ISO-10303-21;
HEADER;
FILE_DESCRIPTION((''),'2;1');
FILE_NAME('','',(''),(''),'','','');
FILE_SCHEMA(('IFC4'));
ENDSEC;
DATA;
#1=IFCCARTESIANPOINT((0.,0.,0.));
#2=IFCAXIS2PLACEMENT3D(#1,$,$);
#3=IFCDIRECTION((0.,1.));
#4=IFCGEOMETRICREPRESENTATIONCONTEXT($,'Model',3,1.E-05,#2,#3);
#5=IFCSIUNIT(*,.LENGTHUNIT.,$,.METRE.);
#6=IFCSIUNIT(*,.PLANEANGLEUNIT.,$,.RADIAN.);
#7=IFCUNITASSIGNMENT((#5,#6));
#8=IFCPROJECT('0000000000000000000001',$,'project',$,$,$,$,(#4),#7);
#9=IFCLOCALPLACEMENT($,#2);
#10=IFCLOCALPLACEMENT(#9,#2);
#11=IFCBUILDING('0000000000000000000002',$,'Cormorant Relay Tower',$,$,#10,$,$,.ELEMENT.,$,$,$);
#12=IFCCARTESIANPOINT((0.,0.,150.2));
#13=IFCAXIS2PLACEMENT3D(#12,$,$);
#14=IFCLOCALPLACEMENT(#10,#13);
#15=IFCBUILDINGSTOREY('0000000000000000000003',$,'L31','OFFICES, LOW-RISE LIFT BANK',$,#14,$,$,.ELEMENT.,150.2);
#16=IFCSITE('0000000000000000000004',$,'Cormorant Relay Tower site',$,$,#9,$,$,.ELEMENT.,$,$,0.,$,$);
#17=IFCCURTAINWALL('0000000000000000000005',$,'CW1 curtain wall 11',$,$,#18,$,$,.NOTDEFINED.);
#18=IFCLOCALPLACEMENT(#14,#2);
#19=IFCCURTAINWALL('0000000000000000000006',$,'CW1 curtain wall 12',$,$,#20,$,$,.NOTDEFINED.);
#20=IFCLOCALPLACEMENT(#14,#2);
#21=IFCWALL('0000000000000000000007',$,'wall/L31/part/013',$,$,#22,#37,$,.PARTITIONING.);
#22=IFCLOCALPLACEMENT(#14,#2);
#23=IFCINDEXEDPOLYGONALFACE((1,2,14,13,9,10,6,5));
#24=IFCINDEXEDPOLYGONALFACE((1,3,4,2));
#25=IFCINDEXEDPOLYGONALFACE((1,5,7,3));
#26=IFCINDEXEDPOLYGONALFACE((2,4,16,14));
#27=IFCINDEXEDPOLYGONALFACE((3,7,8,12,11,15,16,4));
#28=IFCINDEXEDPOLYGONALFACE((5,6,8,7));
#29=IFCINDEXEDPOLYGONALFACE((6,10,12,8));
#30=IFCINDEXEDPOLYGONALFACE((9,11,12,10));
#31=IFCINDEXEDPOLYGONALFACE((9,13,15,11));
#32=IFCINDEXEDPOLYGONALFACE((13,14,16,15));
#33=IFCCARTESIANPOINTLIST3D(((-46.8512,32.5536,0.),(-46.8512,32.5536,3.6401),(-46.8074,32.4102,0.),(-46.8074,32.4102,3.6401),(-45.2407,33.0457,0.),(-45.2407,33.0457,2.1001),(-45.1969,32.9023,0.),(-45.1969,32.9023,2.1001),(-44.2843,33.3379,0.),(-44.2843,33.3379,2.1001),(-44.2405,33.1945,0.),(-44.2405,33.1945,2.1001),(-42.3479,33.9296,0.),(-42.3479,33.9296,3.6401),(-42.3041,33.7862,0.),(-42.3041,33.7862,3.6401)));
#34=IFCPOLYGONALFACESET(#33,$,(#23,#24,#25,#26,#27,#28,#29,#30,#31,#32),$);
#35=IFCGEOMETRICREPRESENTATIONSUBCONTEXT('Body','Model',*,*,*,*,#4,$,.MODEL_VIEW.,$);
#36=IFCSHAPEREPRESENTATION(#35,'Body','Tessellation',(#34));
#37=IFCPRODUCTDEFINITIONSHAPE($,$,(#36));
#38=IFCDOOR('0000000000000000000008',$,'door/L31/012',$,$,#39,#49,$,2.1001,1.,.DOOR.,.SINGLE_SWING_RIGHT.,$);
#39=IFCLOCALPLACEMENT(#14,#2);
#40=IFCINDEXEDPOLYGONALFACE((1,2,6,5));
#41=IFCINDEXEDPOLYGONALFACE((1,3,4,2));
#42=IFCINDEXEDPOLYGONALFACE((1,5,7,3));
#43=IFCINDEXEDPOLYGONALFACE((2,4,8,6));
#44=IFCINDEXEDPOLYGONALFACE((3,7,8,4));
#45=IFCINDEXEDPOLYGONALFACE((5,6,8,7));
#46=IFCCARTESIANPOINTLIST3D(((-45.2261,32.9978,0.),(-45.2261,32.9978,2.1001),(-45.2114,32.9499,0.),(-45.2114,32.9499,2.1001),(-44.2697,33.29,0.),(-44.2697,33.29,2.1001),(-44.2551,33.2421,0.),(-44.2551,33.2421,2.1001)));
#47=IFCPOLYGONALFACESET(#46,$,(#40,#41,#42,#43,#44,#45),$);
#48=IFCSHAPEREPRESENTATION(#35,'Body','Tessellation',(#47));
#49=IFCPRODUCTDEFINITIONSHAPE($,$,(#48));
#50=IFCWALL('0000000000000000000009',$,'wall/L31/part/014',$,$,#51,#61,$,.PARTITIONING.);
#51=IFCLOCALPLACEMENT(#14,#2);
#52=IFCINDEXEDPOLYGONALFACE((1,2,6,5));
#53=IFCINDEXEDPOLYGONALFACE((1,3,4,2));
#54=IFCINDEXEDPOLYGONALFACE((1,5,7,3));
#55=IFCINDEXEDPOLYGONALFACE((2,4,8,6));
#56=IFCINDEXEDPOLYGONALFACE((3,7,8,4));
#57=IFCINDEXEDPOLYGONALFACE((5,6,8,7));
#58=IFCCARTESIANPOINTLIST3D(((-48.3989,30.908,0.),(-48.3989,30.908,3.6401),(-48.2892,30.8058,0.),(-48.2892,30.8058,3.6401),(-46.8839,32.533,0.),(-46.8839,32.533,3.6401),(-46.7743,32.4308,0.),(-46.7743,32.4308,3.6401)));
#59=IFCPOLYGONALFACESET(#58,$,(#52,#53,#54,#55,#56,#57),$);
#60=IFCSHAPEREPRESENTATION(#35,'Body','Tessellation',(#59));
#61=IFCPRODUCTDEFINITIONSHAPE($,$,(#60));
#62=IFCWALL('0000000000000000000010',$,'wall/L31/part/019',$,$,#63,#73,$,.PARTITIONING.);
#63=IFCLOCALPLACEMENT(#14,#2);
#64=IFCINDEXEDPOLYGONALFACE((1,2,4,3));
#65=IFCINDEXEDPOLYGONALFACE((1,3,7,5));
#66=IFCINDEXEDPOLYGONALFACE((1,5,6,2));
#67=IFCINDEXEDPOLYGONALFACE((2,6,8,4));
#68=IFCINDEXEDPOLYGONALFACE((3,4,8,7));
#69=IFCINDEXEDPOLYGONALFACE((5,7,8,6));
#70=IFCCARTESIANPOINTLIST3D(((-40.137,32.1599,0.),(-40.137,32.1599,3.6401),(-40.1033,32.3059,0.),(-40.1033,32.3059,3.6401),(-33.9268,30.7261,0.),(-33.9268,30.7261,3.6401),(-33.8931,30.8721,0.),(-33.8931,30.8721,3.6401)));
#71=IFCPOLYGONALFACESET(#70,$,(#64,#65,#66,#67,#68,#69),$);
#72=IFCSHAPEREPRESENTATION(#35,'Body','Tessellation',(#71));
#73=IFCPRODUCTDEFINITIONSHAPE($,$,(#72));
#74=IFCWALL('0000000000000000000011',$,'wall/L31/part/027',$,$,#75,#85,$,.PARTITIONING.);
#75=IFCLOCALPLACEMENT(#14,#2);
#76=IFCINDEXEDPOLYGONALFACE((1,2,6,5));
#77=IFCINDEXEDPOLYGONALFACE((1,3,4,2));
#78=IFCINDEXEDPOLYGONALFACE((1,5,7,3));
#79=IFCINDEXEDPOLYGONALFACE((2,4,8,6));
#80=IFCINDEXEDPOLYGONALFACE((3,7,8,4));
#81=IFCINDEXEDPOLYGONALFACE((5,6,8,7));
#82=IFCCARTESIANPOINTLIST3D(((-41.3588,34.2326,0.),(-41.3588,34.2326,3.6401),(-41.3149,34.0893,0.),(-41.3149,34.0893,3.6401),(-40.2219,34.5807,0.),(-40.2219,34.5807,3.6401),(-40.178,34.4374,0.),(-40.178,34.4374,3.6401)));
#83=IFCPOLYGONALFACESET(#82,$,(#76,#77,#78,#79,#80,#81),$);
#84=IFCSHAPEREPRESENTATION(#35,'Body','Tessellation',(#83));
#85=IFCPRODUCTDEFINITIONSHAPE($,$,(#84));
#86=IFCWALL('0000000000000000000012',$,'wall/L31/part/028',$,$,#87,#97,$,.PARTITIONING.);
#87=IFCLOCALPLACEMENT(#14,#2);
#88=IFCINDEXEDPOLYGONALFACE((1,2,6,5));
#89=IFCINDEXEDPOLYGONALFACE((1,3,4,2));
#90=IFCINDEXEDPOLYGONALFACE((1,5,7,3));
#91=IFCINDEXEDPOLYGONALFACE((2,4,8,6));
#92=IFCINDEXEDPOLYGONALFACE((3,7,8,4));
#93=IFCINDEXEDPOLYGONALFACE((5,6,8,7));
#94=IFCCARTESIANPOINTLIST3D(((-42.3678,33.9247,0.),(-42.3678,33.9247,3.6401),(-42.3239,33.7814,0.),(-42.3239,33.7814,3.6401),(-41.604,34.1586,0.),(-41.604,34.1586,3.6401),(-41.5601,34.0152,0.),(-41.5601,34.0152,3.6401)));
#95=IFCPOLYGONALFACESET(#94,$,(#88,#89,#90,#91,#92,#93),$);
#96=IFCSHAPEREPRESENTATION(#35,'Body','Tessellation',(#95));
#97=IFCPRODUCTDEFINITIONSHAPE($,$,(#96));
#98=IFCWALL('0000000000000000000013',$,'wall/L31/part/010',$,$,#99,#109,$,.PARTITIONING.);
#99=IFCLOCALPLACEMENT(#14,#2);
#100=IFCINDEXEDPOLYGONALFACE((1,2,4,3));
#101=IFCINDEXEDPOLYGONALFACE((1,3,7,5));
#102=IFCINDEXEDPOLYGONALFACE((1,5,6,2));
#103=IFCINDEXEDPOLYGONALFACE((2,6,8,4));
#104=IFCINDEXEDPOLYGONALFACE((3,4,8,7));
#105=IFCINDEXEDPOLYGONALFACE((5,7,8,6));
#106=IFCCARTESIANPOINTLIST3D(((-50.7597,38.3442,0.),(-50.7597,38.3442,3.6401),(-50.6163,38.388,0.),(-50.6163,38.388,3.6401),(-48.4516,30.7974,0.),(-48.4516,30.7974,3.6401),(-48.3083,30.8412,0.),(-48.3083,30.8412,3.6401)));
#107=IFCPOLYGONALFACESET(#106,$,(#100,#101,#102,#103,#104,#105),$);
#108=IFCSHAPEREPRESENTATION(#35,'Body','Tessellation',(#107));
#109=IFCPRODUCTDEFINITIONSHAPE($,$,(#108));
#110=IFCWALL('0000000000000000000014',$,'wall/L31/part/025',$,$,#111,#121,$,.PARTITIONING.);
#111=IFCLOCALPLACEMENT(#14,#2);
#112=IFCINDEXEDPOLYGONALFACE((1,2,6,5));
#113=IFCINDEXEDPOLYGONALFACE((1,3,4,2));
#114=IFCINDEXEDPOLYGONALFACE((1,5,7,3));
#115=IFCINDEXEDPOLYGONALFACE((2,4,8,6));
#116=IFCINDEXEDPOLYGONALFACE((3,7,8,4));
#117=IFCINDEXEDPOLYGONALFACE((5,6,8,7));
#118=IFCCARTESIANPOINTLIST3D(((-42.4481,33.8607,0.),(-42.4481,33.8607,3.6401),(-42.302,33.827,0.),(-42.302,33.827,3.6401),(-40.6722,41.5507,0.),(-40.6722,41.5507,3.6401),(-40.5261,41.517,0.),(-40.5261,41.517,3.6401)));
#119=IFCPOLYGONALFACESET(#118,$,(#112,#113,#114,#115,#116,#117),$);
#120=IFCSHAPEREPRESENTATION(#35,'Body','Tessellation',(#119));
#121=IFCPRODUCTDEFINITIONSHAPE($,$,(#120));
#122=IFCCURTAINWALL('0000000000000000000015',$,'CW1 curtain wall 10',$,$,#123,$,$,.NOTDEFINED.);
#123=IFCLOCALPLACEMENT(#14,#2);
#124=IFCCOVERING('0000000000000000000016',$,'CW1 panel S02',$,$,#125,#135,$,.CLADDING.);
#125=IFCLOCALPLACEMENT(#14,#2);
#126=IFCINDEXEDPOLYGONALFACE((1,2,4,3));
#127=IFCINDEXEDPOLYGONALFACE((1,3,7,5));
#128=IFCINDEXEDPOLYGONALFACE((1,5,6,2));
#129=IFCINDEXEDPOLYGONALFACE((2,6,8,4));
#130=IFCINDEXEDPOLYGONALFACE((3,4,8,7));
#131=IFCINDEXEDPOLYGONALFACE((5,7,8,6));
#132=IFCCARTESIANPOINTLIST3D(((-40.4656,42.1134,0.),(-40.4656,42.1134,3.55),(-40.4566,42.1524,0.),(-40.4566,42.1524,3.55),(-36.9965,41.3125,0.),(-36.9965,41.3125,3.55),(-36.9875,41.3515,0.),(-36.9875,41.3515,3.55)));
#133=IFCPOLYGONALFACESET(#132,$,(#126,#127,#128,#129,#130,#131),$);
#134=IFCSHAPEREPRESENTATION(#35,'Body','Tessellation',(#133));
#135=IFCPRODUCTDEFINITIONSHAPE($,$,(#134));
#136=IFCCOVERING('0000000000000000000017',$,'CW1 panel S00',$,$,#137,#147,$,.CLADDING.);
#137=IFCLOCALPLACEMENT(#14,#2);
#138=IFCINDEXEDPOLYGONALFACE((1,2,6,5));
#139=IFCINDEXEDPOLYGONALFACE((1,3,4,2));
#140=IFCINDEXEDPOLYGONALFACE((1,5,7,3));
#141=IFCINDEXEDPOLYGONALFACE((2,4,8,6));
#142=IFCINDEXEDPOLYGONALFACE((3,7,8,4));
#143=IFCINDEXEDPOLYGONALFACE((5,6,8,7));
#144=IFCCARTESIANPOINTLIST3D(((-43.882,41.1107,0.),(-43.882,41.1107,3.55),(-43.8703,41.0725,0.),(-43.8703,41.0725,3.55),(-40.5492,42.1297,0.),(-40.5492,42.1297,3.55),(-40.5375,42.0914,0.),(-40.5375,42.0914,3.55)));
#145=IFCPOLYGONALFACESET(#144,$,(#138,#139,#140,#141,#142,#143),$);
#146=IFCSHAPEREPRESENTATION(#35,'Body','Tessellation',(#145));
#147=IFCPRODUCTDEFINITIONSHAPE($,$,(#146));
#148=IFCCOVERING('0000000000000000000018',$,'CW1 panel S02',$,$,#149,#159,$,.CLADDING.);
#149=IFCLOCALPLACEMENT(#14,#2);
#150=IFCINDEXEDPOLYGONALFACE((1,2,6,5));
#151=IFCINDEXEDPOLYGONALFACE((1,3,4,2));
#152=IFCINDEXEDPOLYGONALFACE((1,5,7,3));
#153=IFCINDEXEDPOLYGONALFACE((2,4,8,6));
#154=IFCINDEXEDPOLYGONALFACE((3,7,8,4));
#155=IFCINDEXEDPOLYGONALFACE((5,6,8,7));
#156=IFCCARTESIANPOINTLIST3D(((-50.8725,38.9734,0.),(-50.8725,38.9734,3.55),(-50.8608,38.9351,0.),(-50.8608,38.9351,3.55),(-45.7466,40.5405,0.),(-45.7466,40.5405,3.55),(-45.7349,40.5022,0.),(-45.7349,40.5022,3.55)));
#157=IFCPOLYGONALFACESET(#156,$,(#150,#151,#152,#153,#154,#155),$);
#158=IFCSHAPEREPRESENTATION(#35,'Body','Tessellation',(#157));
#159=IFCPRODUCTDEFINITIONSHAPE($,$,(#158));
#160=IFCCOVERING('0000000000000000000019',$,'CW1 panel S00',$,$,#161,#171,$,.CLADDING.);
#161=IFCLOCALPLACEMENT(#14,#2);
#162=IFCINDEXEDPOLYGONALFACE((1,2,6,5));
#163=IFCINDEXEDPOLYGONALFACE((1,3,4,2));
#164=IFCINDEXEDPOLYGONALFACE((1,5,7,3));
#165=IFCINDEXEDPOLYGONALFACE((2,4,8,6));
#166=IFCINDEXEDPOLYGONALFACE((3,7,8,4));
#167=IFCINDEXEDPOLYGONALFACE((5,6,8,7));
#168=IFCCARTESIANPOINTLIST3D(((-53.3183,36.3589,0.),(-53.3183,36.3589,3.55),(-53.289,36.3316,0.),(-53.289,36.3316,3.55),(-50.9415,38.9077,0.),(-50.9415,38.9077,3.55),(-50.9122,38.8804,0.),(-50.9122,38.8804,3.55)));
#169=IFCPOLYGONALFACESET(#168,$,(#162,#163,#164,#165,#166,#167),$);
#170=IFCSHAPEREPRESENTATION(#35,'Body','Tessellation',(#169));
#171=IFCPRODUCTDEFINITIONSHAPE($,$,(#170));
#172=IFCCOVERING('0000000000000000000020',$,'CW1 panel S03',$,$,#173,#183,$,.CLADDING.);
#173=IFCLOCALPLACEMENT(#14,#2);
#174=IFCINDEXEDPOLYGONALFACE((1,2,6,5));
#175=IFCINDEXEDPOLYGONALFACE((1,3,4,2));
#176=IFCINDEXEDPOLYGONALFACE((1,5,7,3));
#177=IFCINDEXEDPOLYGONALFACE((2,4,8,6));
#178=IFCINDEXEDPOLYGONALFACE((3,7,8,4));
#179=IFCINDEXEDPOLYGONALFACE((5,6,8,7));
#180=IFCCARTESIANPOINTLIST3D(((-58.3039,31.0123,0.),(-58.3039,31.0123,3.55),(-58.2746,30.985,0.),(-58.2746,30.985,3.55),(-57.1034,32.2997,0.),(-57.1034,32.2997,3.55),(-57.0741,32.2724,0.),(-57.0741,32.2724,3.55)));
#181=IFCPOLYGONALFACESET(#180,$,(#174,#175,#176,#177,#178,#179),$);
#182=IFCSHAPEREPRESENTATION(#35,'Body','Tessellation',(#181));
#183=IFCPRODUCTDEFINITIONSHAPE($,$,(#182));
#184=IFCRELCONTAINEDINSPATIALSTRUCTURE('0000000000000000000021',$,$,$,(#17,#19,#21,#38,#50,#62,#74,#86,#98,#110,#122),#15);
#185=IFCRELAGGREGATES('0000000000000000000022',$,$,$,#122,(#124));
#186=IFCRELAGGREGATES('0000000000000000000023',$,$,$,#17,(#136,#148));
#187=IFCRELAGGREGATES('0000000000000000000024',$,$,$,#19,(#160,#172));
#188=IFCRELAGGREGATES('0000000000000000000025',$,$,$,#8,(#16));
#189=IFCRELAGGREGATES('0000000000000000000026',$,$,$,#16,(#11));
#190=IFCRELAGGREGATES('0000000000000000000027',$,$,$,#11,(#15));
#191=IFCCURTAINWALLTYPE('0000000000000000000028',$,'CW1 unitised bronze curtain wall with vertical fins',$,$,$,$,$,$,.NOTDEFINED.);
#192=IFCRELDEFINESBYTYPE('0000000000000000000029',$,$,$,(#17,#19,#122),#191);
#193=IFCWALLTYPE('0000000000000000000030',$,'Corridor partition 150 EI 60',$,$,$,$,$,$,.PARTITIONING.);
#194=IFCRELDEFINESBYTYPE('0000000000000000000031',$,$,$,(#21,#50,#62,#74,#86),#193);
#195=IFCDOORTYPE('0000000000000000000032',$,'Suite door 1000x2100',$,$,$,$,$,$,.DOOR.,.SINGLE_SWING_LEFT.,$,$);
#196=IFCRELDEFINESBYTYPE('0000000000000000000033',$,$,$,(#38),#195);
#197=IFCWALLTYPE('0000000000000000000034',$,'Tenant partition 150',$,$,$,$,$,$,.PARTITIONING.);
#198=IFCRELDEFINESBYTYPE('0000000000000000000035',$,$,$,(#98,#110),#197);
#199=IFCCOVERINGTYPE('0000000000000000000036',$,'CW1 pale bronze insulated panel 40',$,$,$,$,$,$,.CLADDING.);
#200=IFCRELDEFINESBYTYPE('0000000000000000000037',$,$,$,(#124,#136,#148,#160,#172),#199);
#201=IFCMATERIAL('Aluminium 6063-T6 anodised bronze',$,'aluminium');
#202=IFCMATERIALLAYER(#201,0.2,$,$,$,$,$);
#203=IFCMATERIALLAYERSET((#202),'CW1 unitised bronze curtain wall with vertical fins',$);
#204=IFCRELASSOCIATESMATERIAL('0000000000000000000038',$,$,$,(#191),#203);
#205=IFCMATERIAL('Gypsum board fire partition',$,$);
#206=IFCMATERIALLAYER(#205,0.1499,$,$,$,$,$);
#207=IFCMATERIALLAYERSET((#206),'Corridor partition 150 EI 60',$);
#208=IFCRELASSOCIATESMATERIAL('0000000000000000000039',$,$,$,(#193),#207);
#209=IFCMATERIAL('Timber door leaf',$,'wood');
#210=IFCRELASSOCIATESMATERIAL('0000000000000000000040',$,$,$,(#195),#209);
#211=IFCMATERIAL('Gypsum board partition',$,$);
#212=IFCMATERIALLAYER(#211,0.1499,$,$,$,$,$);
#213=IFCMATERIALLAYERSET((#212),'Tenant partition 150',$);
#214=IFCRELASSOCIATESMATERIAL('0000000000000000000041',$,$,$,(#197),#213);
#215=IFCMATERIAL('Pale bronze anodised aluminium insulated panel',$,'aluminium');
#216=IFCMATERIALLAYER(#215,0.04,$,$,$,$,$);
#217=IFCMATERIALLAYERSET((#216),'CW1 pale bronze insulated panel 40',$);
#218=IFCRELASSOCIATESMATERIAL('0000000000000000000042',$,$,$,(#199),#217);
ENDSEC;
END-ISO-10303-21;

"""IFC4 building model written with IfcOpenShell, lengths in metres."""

from ifc_helpers import new_model, si_unit, direction, frame, frame_2d, origin, origin_2d, place, context, subcontext, project, spatial, rectangle, extrude, material, layer, layer_set, type_object, element, fill, aggregate, save


model = new_model("IFC4")

# Units and contexts
model_context = context("Model", 3, precision=1e-05, world=origin(), true_north=direction((0.0, 1.0)))
body_context = subcontext(model_context, "Body", "Model", "MODEL_VIEW")
ifc_project = project(units=[si_unit("LENGTHUNIT", "METRE"), si_unit("PLANEANGLEUNIT", "RADIAN")], contexts=[model_context])

# Site, building, storey
site_placement = place(None, origin())
site = spatial("IfcSite", under=ifc_project, at=site_placement, Name="Cormorant Relay Tower site", CompositionType="ELEMENT", RefElevation=0.0)
building_placement = place(site_placement, origin())
building = spatial("IfcBuilding", under=site, at=building_placement, Name="Cormorant Relay Tower", CompositionType="ELEMENT")
storey_placement = place(building_placement, frame((0.0, 0.0, 150.2)))
storey = spatial("IfcBuildingStorey", under=building, at=storey_placement, Name="L31", Description="OFFICES, LOW-RISE LIFT BANK", CompositionType="ELEMENT", Elevation=150.2)

# Curtain walls
ifc_material_1 = material(Name="Aluminium 6063-T6 anodised bronze", Category="aluminium")
ifc_layer_1 = layer(ifc_material_1, 0.2)
ifc_layer_set_1 = layer_set([ifc_layer_1], Name="CW1 unitised bronze curtain wall with vertical fins")
curtain_wall_type = type_object("IfcCurtainWallType", Name="CW1 unitised bronze curtain wall with vertical fins", PredefinedType="NOTDEFINED", material=ifc_layer_set_1)
curtain_wall_1_placement = place(storey_placement, origin())
curtain_wall_1 = element("IfcCurtainWall", 1, at=curtain_wall_1_placement, inside=storey, type_object=curtain_wall_type, Name="CW1 curtain wall 11", PredefinedType="NOTDEFINED")
curtain_wall_2_placement = place(storey_placement, origin())
curtain_wall_2 = element("IfcCurtainWall", 2, at=curtain_wall_2_placement, inside=storey, type_object=curtain_wall_type, Name="CW1 curtain wall 12", PredefinedType="NOTDEFINED")

# Wall, opening, door
ifc_material_2 = material(Name="Gypsum board fire partition")
ifc_layer_2 = layer(ifc_material_2, 0.1499)
ifc_layer_set_2 = layer_set([ifc_layer_2], Name="Corridor partition 150 EI 60")
wall_type_1 = type_object("IfcWallType", Name="Corridor partition 150 EI 60", PredefinedType="PARTITIONING", material=ifc_layer_set_2)
wall_1_placement = place(storey_placement, frame((-42.3259, 33.8579, 0.0), z_axis=(0.0, 0.0, 1.0), x_axis=(-0.956351, -0.29222, 0.0)))
wall_1 = element("IfcWall", 3, at=wall_1_placement, inside=storey, type_object=wall_type_1, Name="wall/L31/part/013", PredefinedType="PARTITIONING", context=body_context, shape_type="SweptSolid", body=[
    extrude(rectangle(XDim=4.7087, YDim=0.1499, at=frame_2d((2.3545, 0.0))), origin(), (0.0, 0.0, 1.0), 3.6401),
])
opening_placement = place(wall_1_placement, frame((2.0249, 0.0, 0.0)))
opening = element("IfcOpeningElement", 4, at=opening_placement, cuts=wall_1, PredefinedType="OPENING", context=body_context, shape_type="SweptSolid", body=[
    extrude(rectangle(XDim=1.0, YDim=2.1001, at=frame_2d((0.5, 1.05))), frame((0.0, 0.085, 0.0), z_axis=(0.0, -1.0, 0.0), x_axis=(1.0, 0.0, 0.0)), (0.0, 0.0, 1.0), 0.1699),
])
ifc_material_3 = material(Name="Timber door leaf", Category="wood")
door_type = type_object("IfcDoorType", Name="Suite door 1000x2100", OperationType="SINGLE_SWING_LEFT", PredefinedType="DOOR", material=ifc_material_3)
door_placement = place(opening_placement, frame((1.0, 0.0, 0.0), z_axis=(0.0, 0.0, 1.0), x_axis=(-1.0, 0.0, 0.0)))
door = element("IfcDoor", 5, at=door_placement, inside=storey, type_object=door_type, Name="door/L31/012", OperationType="SINGLE_SWING_RIGHT", OverallHeight=2.1001, OverallWidth=1.0, PredefinedType="DOOR", context=body_context, shape_type="SweptSolid", body=[
    extrude(rectangle(XDim=1.0, YDim=2.1001, at=frame_2d((0.5, 1.05))), frame((0.0, 0.0249, 0.0), z_axis=(0.0, -1.0, 0.0), x_axis=(1.0, 0.0, 0.0)), (0.0, 0.0, 1.0), 0.05),
])
fill(opening, door)

# Walls
wall_2_placement = place(storey_placement, frame((-46.8291, 32.4819, 0.0), z_axis=(0.0, 0.0, 1.0), x_axis=(-0.681891, -0.731453, 0.0)))
element("IfcWall", 6, at=wall_2_placement, inside=storey, type_object=wall_type_1, Name="wall/L31/part/014", PredefinedType="PARTITIONING", context=body_context, shape_type="SweptSolid", body=[
    extrude(rectangle(XDim=2.2217, YDim=0.1499, at=frame_2d((1.1108, 0.0))), origin(), (0.0, 0.0, 1.0), 3.6401),
])
wall_3_placement = place(storey_placement, frame((-40.1201, 32.2329, 0.0), z_axis=(0.0, 0.0, 1.0), x_axis=(0.974367, -0.224966, 0.0)))
element("IfcWall", 7, at=wall_3_placement, inside=storey, type_object=wall_type_1, Name="wall/L31/part/019", PredefinedType="PARTITIONING", context=body_context, shape_type="SweptSolid", body=[
    extrude(rectangle(XDim=6.3735, YDim=0.1499, at=frame_2d((3.1868, 0.0))), origin(), (0.0, 0.0, 1.0), 3.6401),
])
wall_4_placement = place(storey_placement, frame((-40.2, 34.509, 0.0), z_axis=(0.0, 0.0, 1.0), x_axis=(-0.956178, -0.292787, 0.0)))
element("IfcWall", 8, at=wall_4_placement, inside=storey, type_object=wall_type_1, Name="wall/L31/part/027", PredefinedType="PARTITIONING", context=body_context, shape_type="SweptSolid", body=[
    extrude(rectangle(XDim=1.189, YDim=0.1499, at=frame_2d((0.5945, 0.0))), origin(), (0.0, 0.0, 1.0), 3.6401),
])
wall_5_placement = place(storey_placement, frame((-41.582, 34.0869, 0.0), z_axis=(0.0, 0.0, 1.0), x_axis=(-0.956188, -0.292754, 0.0)))
element("IfcWall", 9, at=wall_5_placement, inside=storey, type_object=wall_type_1, Name="wall/L31/part/028", PredefinedType="PARTITIONING", context=body_context, shape_type="SweptSolid", body=[
    extrude(rectangle(XDim=0.7988, YDim=0.1499, at=frame_2d((0.3994, 0.0))), origin(), (0.0, 0.0, 1.0), 3.6401),
])
ifc_material_4 = material(Name="Gypsum board partition")
ifc_layer_3 = layer(ifc_material_4, 0.1499)
ifc_layer_set_3 = layer_set([ifc_layer_3], Name="Tenant partition 150")
wall_type_2 = type_object("IfcWallType", Name="Tenant partition 150", PredefinedType="PARTITIONING", material=ifc_layer_set_3)
wall_6_placement = place(storey_placement, frame((-50.688, 38.366, 0.0), z_axis=(0.0, 0.0, 1.0), x_axis=(0.292464, -0.956277, 0.0)))
element("IfcWall", 10, at=wall_6_placement, inside=storey, type_object=wall_type_2, Name="wall/L31/part/010", PredefinedType="PARTITIONING", context=body_context, shape_type="SweptSolid", body=[
    extrude(rectangle(XDim=7.8918, YDim=0.1499, at=frame_2d((3.9458, 0.0))), origin(), (0.0, 0.0, 1.0), 3.6401),
])
wall_7_placement = place(storey_placement, frame((-40.5991, 41.5339, 0.0), z_axis=(0.0, 0.0, 1.0), x_axis=(-0.225013, -0.974356, 0.0)))
element("IfcWall", 11, at=wall_7_placement, inside=storey, type_object=wall_type_2, Name="wall/L31/part/025", PredefinedType="PARTITIONING", context=body_context, shape_type="SweptSolid", body=[
    extrude(rectangle(XDim=7.8923, YDim=0.1499, at=frame_2d((3.9463, 0.0))), origin(), (0.0, 0.0, 1.0), 3.6401),
])

# Curtain wall, covering
curtain_wall_3_placement = place(storey_placement, origin())
curtain_wall_3 = element("IfcCurtainWall", 12, at=curtain_wall_3_placement, inside=storey, type_object=curtain_wall_type, Name="CW1 curtain wall 10", PredefinedType="NOTDEFINED")
ifc_material_5 = material(Name="Pale bronze anodised aluminium insulated panel", Category="aluminium")
ifc_layer_4 = layer(ifc_material_5, 0.04)
ifc_layer_set_4 = layer_set([ifc_layer_4], Name="CW1 pale bronze insulated panel 40")
covering_type = type_object("IfcCoveringType", Name="CW1 pale bronze insulated panel 40", PredefinedType="CLADDING", material=ifc_layer_set_4)
covering_1_placement = place(storey_placement, frame((-38.7266, 41.7324, 0.0), z_axis=(0.0, 0.0, 1.0), x_axis=(-0.97437, 0.224951, 0.0)))
covering_1 = element("IfcCovering", 13, at=covering_1_placement, type_object=covering_type, Name="CW1 panel S02", PredefinedType="CLADDING", context=body_context, shape_type="SweptSolid", body=[
    extrude(rectangle(XDim=3.5603, YDim=0.04, at=origin_2d()), origin(), (0.0, 0.0, 1.0), 3.55),
])
aggregate(curtain_wall_3, [covering_1])

# Coverings
covering_2_placement = place(storey_placement, frame((-42.2097, 41.6011, 0.0), z_axis=(0.0, 0.0, 1.0), x_axis=(-0.956305, -0.292372, 0.0)))
covering_2 = element("IfcCovering", 14, at=covering_2_placement, type_object=covering_type, Name="CW1 panel S00", PredefinedType="CLADDING", context=body_context, shape_type="SweptSolid", body=[
    extrude(rectangle(XDim=3.4851, YDim=0.04, at=origin_2d()), origin(), (0.0, 0.0, 1.0), 3.55),
])
covering_3_placement = place(storey_placement, frame((-48.3037, 39.7378, 0.0), z_axis=(0.0, 0.0, 1.0), x_axis=(-0.956305, -0.292372, 0.0)))
covering_3 = element("IfcCovering", 15, at=covering_3_placement, type_object=covering_type, Name="CW1 panel S02", PredefinedType="CLADDING", context=body_context, shape_type="SweptSolid", body=[
    extrude(rectangle(XDim=5.3601, YDim=0.04, at=origin_2d()), origin(), (0.0, 0.0, 1.0), 3.55),
])
aggregate(curtain_wall_1, [covering_2, covering_3])
covering_4_placement = place(storey_placement, frame((-52.1152, 37.6196, 0.0), z_axis=(0.0, 0.0, 1.0), x_axis=(-0.681998, -0.731354, 0.0)))
covering_4 = element("IfcCovering", 16, at=covering_4_placement, type_object=covering_type, Name="CW1 panel S00", PredefinedType="CLADDING", context=body_context, shape_type="SweptSolid", body=[
    extrude(rectangle(XDim=3.4851, YDim=0.04, at=origin_2d()), origin(), (0.0, 0.0, 1.0), 3.55),
])
covering_5_placement = place(storey_placement, frame((-57.689, 31.6423, 0.0), z_axis=(0.0, 0.0, 1.0), x_axis=(-0.681998, -0.731354, 0.0)))
covering_5 = element("IfcCovering", 17, at=covering_5_placement, type_object=covering_type, Name="CW1 panel S03", PredefinedType="CLADDING", context=body_context, shape_type="SweptSolid", body=[
    extrude(rectangle(XDim=1.7603, YDim=0.04, at=origin_2d()), origin(), (0.0, 0.0, 1.0), 3.55),
])
aggregate(curtain_wall_2, [covering_4, covering_5])

save(model, "model.ifc")
